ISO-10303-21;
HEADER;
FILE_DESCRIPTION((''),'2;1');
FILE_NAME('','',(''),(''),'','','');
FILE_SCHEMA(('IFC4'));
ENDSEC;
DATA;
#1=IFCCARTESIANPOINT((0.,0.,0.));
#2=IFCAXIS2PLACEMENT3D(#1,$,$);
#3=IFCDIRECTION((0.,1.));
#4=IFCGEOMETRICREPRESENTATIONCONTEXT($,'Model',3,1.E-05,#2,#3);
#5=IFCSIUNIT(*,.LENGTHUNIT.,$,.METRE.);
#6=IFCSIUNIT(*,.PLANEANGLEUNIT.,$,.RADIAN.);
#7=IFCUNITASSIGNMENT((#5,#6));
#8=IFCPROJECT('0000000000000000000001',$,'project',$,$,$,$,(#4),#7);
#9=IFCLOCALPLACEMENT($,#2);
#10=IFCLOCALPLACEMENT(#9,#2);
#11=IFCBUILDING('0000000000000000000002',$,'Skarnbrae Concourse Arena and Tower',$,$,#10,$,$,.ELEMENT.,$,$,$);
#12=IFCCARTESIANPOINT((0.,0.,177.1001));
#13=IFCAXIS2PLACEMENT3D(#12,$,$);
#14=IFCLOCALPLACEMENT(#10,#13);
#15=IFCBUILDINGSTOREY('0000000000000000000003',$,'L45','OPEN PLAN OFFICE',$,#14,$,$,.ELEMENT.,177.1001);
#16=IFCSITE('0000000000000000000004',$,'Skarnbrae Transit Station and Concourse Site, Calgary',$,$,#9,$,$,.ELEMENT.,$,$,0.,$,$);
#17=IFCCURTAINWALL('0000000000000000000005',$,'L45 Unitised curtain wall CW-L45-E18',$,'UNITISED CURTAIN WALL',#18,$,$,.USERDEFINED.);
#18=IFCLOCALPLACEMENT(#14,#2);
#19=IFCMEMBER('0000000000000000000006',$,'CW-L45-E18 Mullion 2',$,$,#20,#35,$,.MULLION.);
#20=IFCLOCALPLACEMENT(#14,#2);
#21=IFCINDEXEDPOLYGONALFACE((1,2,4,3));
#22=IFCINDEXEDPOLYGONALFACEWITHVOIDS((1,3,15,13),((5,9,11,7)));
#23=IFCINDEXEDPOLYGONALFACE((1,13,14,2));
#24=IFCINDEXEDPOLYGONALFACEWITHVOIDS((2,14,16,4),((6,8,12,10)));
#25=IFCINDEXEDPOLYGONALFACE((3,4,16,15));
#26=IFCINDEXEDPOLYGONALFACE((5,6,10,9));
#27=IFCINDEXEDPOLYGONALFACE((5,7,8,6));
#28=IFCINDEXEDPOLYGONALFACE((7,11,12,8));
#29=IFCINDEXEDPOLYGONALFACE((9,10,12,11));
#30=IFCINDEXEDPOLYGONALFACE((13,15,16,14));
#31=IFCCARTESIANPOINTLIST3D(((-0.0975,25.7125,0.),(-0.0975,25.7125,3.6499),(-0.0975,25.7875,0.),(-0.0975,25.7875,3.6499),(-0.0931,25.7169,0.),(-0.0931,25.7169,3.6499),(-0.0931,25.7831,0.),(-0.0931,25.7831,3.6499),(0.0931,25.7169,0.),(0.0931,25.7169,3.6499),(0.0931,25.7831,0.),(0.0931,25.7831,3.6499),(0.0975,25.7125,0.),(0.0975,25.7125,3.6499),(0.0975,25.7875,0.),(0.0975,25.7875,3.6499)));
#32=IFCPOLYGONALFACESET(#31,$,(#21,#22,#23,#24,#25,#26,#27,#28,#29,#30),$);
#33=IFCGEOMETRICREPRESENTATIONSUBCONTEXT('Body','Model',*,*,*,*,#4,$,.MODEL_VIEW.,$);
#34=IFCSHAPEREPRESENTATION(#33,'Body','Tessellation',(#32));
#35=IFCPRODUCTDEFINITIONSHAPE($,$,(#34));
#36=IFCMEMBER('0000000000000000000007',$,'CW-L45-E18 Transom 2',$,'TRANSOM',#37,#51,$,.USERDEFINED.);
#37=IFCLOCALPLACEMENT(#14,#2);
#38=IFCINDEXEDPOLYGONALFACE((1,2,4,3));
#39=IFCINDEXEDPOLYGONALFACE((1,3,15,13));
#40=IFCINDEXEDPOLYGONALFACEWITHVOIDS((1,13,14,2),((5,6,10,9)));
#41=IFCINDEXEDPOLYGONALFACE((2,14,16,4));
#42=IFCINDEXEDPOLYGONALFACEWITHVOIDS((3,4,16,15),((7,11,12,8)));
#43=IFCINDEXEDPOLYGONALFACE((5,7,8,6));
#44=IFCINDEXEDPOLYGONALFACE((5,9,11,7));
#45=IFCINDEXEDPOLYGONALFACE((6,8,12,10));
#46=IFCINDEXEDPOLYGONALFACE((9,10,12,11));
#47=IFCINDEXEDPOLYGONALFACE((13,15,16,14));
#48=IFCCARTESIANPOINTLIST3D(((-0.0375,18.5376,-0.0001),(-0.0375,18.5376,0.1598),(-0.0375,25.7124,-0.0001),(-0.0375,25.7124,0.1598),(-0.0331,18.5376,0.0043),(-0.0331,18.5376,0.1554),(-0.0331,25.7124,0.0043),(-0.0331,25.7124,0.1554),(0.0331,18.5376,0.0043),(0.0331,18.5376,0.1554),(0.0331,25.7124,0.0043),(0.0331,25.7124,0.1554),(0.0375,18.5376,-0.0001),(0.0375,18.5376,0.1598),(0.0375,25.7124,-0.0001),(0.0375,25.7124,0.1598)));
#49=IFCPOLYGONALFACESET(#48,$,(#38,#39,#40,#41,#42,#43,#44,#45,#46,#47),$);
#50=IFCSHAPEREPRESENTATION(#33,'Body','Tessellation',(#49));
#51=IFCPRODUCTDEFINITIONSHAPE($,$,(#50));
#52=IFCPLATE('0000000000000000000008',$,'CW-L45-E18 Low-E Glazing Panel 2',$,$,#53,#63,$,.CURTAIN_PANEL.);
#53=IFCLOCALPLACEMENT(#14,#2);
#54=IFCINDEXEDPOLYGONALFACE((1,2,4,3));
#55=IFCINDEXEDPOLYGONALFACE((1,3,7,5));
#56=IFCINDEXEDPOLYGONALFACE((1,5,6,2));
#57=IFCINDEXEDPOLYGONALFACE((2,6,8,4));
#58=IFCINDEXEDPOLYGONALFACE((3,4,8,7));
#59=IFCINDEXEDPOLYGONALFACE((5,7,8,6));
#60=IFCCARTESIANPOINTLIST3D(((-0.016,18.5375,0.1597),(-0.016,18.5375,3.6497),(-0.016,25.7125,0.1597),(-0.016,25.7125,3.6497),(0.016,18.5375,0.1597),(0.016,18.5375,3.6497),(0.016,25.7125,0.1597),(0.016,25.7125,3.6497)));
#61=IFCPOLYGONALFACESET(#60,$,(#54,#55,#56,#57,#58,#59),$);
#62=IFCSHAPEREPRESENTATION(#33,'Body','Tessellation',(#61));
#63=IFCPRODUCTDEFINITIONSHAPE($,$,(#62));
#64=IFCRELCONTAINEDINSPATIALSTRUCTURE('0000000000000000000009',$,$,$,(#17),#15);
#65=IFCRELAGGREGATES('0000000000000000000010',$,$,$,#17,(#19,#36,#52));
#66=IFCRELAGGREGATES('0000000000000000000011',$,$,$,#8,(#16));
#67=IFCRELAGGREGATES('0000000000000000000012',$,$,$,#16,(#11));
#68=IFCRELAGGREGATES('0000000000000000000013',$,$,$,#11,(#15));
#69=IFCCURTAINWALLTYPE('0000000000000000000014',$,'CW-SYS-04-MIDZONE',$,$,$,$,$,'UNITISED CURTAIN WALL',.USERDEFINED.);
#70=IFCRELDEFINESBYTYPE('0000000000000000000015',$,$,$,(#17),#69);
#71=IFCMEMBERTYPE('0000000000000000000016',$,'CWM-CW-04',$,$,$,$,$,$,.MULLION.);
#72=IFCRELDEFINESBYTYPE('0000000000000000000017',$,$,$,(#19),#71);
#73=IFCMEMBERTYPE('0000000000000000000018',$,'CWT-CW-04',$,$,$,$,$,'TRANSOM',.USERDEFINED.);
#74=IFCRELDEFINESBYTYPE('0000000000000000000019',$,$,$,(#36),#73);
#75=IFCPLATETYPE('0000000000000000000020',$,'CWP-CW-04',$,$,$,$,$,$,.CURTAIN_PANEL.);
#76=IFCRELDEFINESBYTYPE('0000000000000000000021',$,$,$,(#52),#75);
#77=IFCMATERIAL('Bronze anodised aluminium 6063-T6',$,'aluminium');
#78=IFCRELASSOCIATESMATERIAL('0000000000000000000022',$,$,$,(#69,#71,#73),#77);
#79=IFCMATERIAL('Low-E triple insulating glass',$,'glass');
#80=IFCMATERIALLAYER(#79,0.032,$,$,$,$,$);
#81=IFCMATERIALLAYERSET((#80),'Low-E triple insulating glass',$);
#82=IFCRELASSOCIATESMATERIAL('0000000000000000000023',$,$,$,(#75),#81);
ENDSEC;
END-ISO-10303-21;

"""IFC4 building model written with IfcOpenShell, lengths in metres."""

from ifc_helpers import new_model, si_unit, direction, frame, origin, origin_2d, place, context, subcontext, project, spatial, rectangle, hollow_rectangle, extrude, source, transform, mapped, material, layer, layer_set, material_profile, profile_set, type_object, element, aggregate, save


model = new_model("IFC4")

# Units and contexts
model_context = context("Model", 3, precision=1e-05, world=origin(), true_north=direction((0.0, 1.0)))
body_context = subcontext(model_context, "Body", "Model", "MODEL_VIEW")
ifc_project = project(units=[si_unit("LENGTHUNIT", "METRE"), si_unit("PLANEANGLEUNIT", "RADIAN")], contexts=[model_context])

# Site, building, storey
site_placement = place(None, origin())
site = spatial("IfcSite", under=ifc_project, at=site_placement, Name="Skarnbrae Transit Station and Concourse Site, Calgary", CompositionType="ELEMENT", RefElevation=0.0)
building_placement = place(site_placement, origin())
building = spatial("IfcBuilding", under=site, at=building_placement, Name="Skarnbrae Concourse Arena and Tower", CompositionType="ELEMENT")
storey_placement = place(building_placement, frame((0.0, 0.0, 177.1001)))
storey = spatial("IfcBuildingStorey", under=building, at=storey_placement, Name="L45", Description="OPEN PLAN OFFICE", CompositionType="ELEMENT", Elevation=177.1001)

# Curtain wall, members, plate
ifc_material_1 = material(Name="Bronze anodised aluminium 6063-T6", Category="aluminium")
curtain_wall_type = type_object("IfcCurtainWallType", Name="CW-SYS-04-MIDZONE", ElementType="UNITISED CURTAIN WALL", PredefinedType="USERDEFINED", material=ifc_material_1)
curtain_wall_placement = place(storey_placement, origin())
curtain_wall = element("IfcCurtainWall", 1, at=curtain_wall_placement, inside=storey, type_object=curtain_wall_type, Name="L45 Unitised curtain wall CW-L45-E18", ObjectType="UNITISED CURTAIN WALL", PredefinedType="USERDEFINED")
ifc_material_profile_1 = material_profile(ifc_material_1, hollow_rectangle(XDim=0.075, YDim=0.1951, WallThickness=0.0044, at=origin_2d()), Name="ALU-MULL-75X195")
ifc_profile_set_1 = profile_set([ifc_material_profile_1], Name="Bronze anodised aluminium 6063-T6")
member_type_1 = type_object("IfcMemberType", Name="CWM-CW-04", PredefinedType="MULLION", material=ifc_profile_set_1)
shared_shape_1 = source(origin(), body_context, "Body", "SweptSolid", [
    extrude(hollow_rectangle(XDim=0.075, YDim=0.1951, WallThickness=0.0044, at=origin_2d()), origin(), (0.0, 0.0, 1.0), 3.6499),
])
member_1_placement = place(storey_placement, frame((0.0, 25.75, 0.0), z_axis=(0.0, 0.0, 1.0), x_axis=(0.0, -1.0, 0.0)))
member_1 = element("IfcMember", 2, at=member_1_placement, type_object=member_type_1, Name="CW-L45-E18 Mullion 2", PredefinedType="MULLION", context=body_context, shape_type="MappedRepresentation", body=[
    mapped(shared_shape_1, transform((0.0, 0.0, 0.0))),
])
ifc_material_profile_2 = material_profile(ifc_material_1, hollow_rectangle(XDim=0.075, YDim=0.1599, WallThickness=0.0044, at=origin_2d()), Name="ALU-TRAN-75X160")
ifc_profile_set_2 = profile_set([ifc_material_profile_2], Name="Bronze anodised aluminium 6063-T6")
member_type_2 = type_object("IfcMemberType", Name="CWT-CW-04", ElementType="TRANSOM", PredefinedType="USERDEFINED", material=ifc_profile_set_2)
shared_shape_2 = source(origin(), body_context, "Body", "SweptSolid", [
    extrude(hollow_rectangle(XDim=0.075, YDim=0.1599, WallThickness=0.0044, at=origin_2d()), origin(), (0.0, 0.0, 1.0), 7.1748),
])
member_2_placement = place(storey_placement, frame((0.0, 25.7124, 0.0798), z_axis=(0.0, -1.0, 0.0), x_axis=(1.0, 0.0, 0.0)))
member_2 = element("IfcMember", 3, at=member_2_placement, type_object=member_type_2, Name="CW-L45-E18 Transom 2", ObjectType="TRANSOM", PredefinedType="USERDEFINED", context=body_context, shape_type="MappedRepresentation", body=[
    mapped(shared_shape_2, transform((0.0, 0.0, 0.0))),
])
ifc_material_2 = material(Name="Low-E triple insulating glass", Category="glass")
ifc_layer = layer(ifc_material_2, 0.032)
ifc_layer_set = layer_set([ifc_layer], Name="Low-E triple insulating glass")
plate_type = type_object("IfcPlateType", Name="CWP-CW-04", PredefinedType="CURTAIN_PANEL", material=ifc_layer_set)
shared_shape_3 = source(origin(), body_context, "Body", "SweptSolid", [
    extrude(rectangle(XDim=7.175, YDim=0.032, at=origin_2d()), origin(), (0.0, 0.0, 1.0), 3.49),
])
plate_placement = place(storey_placement, frame((0.0, 22.125, 0.1597), z_axis=(0.0, 0.0, 1.0), x_axis=(0.0, -1.0, 0.0)))
plate = element("IfcPlate", 4, at=plate_placement, type_object=plate_type, Name="CW-L45-E18 Low-E Glazing Panel 2", PredefinedType="CURTAIN_PANEL", context=body_context, shape_type="MappedRepresentation", body=[
    mapped(shared_shape_3, transform((0.0, 0.0, 0.0))),
])
aggregate(curtain_wall, [member_1, member_2, plate])

save(model, "model.ifc")
